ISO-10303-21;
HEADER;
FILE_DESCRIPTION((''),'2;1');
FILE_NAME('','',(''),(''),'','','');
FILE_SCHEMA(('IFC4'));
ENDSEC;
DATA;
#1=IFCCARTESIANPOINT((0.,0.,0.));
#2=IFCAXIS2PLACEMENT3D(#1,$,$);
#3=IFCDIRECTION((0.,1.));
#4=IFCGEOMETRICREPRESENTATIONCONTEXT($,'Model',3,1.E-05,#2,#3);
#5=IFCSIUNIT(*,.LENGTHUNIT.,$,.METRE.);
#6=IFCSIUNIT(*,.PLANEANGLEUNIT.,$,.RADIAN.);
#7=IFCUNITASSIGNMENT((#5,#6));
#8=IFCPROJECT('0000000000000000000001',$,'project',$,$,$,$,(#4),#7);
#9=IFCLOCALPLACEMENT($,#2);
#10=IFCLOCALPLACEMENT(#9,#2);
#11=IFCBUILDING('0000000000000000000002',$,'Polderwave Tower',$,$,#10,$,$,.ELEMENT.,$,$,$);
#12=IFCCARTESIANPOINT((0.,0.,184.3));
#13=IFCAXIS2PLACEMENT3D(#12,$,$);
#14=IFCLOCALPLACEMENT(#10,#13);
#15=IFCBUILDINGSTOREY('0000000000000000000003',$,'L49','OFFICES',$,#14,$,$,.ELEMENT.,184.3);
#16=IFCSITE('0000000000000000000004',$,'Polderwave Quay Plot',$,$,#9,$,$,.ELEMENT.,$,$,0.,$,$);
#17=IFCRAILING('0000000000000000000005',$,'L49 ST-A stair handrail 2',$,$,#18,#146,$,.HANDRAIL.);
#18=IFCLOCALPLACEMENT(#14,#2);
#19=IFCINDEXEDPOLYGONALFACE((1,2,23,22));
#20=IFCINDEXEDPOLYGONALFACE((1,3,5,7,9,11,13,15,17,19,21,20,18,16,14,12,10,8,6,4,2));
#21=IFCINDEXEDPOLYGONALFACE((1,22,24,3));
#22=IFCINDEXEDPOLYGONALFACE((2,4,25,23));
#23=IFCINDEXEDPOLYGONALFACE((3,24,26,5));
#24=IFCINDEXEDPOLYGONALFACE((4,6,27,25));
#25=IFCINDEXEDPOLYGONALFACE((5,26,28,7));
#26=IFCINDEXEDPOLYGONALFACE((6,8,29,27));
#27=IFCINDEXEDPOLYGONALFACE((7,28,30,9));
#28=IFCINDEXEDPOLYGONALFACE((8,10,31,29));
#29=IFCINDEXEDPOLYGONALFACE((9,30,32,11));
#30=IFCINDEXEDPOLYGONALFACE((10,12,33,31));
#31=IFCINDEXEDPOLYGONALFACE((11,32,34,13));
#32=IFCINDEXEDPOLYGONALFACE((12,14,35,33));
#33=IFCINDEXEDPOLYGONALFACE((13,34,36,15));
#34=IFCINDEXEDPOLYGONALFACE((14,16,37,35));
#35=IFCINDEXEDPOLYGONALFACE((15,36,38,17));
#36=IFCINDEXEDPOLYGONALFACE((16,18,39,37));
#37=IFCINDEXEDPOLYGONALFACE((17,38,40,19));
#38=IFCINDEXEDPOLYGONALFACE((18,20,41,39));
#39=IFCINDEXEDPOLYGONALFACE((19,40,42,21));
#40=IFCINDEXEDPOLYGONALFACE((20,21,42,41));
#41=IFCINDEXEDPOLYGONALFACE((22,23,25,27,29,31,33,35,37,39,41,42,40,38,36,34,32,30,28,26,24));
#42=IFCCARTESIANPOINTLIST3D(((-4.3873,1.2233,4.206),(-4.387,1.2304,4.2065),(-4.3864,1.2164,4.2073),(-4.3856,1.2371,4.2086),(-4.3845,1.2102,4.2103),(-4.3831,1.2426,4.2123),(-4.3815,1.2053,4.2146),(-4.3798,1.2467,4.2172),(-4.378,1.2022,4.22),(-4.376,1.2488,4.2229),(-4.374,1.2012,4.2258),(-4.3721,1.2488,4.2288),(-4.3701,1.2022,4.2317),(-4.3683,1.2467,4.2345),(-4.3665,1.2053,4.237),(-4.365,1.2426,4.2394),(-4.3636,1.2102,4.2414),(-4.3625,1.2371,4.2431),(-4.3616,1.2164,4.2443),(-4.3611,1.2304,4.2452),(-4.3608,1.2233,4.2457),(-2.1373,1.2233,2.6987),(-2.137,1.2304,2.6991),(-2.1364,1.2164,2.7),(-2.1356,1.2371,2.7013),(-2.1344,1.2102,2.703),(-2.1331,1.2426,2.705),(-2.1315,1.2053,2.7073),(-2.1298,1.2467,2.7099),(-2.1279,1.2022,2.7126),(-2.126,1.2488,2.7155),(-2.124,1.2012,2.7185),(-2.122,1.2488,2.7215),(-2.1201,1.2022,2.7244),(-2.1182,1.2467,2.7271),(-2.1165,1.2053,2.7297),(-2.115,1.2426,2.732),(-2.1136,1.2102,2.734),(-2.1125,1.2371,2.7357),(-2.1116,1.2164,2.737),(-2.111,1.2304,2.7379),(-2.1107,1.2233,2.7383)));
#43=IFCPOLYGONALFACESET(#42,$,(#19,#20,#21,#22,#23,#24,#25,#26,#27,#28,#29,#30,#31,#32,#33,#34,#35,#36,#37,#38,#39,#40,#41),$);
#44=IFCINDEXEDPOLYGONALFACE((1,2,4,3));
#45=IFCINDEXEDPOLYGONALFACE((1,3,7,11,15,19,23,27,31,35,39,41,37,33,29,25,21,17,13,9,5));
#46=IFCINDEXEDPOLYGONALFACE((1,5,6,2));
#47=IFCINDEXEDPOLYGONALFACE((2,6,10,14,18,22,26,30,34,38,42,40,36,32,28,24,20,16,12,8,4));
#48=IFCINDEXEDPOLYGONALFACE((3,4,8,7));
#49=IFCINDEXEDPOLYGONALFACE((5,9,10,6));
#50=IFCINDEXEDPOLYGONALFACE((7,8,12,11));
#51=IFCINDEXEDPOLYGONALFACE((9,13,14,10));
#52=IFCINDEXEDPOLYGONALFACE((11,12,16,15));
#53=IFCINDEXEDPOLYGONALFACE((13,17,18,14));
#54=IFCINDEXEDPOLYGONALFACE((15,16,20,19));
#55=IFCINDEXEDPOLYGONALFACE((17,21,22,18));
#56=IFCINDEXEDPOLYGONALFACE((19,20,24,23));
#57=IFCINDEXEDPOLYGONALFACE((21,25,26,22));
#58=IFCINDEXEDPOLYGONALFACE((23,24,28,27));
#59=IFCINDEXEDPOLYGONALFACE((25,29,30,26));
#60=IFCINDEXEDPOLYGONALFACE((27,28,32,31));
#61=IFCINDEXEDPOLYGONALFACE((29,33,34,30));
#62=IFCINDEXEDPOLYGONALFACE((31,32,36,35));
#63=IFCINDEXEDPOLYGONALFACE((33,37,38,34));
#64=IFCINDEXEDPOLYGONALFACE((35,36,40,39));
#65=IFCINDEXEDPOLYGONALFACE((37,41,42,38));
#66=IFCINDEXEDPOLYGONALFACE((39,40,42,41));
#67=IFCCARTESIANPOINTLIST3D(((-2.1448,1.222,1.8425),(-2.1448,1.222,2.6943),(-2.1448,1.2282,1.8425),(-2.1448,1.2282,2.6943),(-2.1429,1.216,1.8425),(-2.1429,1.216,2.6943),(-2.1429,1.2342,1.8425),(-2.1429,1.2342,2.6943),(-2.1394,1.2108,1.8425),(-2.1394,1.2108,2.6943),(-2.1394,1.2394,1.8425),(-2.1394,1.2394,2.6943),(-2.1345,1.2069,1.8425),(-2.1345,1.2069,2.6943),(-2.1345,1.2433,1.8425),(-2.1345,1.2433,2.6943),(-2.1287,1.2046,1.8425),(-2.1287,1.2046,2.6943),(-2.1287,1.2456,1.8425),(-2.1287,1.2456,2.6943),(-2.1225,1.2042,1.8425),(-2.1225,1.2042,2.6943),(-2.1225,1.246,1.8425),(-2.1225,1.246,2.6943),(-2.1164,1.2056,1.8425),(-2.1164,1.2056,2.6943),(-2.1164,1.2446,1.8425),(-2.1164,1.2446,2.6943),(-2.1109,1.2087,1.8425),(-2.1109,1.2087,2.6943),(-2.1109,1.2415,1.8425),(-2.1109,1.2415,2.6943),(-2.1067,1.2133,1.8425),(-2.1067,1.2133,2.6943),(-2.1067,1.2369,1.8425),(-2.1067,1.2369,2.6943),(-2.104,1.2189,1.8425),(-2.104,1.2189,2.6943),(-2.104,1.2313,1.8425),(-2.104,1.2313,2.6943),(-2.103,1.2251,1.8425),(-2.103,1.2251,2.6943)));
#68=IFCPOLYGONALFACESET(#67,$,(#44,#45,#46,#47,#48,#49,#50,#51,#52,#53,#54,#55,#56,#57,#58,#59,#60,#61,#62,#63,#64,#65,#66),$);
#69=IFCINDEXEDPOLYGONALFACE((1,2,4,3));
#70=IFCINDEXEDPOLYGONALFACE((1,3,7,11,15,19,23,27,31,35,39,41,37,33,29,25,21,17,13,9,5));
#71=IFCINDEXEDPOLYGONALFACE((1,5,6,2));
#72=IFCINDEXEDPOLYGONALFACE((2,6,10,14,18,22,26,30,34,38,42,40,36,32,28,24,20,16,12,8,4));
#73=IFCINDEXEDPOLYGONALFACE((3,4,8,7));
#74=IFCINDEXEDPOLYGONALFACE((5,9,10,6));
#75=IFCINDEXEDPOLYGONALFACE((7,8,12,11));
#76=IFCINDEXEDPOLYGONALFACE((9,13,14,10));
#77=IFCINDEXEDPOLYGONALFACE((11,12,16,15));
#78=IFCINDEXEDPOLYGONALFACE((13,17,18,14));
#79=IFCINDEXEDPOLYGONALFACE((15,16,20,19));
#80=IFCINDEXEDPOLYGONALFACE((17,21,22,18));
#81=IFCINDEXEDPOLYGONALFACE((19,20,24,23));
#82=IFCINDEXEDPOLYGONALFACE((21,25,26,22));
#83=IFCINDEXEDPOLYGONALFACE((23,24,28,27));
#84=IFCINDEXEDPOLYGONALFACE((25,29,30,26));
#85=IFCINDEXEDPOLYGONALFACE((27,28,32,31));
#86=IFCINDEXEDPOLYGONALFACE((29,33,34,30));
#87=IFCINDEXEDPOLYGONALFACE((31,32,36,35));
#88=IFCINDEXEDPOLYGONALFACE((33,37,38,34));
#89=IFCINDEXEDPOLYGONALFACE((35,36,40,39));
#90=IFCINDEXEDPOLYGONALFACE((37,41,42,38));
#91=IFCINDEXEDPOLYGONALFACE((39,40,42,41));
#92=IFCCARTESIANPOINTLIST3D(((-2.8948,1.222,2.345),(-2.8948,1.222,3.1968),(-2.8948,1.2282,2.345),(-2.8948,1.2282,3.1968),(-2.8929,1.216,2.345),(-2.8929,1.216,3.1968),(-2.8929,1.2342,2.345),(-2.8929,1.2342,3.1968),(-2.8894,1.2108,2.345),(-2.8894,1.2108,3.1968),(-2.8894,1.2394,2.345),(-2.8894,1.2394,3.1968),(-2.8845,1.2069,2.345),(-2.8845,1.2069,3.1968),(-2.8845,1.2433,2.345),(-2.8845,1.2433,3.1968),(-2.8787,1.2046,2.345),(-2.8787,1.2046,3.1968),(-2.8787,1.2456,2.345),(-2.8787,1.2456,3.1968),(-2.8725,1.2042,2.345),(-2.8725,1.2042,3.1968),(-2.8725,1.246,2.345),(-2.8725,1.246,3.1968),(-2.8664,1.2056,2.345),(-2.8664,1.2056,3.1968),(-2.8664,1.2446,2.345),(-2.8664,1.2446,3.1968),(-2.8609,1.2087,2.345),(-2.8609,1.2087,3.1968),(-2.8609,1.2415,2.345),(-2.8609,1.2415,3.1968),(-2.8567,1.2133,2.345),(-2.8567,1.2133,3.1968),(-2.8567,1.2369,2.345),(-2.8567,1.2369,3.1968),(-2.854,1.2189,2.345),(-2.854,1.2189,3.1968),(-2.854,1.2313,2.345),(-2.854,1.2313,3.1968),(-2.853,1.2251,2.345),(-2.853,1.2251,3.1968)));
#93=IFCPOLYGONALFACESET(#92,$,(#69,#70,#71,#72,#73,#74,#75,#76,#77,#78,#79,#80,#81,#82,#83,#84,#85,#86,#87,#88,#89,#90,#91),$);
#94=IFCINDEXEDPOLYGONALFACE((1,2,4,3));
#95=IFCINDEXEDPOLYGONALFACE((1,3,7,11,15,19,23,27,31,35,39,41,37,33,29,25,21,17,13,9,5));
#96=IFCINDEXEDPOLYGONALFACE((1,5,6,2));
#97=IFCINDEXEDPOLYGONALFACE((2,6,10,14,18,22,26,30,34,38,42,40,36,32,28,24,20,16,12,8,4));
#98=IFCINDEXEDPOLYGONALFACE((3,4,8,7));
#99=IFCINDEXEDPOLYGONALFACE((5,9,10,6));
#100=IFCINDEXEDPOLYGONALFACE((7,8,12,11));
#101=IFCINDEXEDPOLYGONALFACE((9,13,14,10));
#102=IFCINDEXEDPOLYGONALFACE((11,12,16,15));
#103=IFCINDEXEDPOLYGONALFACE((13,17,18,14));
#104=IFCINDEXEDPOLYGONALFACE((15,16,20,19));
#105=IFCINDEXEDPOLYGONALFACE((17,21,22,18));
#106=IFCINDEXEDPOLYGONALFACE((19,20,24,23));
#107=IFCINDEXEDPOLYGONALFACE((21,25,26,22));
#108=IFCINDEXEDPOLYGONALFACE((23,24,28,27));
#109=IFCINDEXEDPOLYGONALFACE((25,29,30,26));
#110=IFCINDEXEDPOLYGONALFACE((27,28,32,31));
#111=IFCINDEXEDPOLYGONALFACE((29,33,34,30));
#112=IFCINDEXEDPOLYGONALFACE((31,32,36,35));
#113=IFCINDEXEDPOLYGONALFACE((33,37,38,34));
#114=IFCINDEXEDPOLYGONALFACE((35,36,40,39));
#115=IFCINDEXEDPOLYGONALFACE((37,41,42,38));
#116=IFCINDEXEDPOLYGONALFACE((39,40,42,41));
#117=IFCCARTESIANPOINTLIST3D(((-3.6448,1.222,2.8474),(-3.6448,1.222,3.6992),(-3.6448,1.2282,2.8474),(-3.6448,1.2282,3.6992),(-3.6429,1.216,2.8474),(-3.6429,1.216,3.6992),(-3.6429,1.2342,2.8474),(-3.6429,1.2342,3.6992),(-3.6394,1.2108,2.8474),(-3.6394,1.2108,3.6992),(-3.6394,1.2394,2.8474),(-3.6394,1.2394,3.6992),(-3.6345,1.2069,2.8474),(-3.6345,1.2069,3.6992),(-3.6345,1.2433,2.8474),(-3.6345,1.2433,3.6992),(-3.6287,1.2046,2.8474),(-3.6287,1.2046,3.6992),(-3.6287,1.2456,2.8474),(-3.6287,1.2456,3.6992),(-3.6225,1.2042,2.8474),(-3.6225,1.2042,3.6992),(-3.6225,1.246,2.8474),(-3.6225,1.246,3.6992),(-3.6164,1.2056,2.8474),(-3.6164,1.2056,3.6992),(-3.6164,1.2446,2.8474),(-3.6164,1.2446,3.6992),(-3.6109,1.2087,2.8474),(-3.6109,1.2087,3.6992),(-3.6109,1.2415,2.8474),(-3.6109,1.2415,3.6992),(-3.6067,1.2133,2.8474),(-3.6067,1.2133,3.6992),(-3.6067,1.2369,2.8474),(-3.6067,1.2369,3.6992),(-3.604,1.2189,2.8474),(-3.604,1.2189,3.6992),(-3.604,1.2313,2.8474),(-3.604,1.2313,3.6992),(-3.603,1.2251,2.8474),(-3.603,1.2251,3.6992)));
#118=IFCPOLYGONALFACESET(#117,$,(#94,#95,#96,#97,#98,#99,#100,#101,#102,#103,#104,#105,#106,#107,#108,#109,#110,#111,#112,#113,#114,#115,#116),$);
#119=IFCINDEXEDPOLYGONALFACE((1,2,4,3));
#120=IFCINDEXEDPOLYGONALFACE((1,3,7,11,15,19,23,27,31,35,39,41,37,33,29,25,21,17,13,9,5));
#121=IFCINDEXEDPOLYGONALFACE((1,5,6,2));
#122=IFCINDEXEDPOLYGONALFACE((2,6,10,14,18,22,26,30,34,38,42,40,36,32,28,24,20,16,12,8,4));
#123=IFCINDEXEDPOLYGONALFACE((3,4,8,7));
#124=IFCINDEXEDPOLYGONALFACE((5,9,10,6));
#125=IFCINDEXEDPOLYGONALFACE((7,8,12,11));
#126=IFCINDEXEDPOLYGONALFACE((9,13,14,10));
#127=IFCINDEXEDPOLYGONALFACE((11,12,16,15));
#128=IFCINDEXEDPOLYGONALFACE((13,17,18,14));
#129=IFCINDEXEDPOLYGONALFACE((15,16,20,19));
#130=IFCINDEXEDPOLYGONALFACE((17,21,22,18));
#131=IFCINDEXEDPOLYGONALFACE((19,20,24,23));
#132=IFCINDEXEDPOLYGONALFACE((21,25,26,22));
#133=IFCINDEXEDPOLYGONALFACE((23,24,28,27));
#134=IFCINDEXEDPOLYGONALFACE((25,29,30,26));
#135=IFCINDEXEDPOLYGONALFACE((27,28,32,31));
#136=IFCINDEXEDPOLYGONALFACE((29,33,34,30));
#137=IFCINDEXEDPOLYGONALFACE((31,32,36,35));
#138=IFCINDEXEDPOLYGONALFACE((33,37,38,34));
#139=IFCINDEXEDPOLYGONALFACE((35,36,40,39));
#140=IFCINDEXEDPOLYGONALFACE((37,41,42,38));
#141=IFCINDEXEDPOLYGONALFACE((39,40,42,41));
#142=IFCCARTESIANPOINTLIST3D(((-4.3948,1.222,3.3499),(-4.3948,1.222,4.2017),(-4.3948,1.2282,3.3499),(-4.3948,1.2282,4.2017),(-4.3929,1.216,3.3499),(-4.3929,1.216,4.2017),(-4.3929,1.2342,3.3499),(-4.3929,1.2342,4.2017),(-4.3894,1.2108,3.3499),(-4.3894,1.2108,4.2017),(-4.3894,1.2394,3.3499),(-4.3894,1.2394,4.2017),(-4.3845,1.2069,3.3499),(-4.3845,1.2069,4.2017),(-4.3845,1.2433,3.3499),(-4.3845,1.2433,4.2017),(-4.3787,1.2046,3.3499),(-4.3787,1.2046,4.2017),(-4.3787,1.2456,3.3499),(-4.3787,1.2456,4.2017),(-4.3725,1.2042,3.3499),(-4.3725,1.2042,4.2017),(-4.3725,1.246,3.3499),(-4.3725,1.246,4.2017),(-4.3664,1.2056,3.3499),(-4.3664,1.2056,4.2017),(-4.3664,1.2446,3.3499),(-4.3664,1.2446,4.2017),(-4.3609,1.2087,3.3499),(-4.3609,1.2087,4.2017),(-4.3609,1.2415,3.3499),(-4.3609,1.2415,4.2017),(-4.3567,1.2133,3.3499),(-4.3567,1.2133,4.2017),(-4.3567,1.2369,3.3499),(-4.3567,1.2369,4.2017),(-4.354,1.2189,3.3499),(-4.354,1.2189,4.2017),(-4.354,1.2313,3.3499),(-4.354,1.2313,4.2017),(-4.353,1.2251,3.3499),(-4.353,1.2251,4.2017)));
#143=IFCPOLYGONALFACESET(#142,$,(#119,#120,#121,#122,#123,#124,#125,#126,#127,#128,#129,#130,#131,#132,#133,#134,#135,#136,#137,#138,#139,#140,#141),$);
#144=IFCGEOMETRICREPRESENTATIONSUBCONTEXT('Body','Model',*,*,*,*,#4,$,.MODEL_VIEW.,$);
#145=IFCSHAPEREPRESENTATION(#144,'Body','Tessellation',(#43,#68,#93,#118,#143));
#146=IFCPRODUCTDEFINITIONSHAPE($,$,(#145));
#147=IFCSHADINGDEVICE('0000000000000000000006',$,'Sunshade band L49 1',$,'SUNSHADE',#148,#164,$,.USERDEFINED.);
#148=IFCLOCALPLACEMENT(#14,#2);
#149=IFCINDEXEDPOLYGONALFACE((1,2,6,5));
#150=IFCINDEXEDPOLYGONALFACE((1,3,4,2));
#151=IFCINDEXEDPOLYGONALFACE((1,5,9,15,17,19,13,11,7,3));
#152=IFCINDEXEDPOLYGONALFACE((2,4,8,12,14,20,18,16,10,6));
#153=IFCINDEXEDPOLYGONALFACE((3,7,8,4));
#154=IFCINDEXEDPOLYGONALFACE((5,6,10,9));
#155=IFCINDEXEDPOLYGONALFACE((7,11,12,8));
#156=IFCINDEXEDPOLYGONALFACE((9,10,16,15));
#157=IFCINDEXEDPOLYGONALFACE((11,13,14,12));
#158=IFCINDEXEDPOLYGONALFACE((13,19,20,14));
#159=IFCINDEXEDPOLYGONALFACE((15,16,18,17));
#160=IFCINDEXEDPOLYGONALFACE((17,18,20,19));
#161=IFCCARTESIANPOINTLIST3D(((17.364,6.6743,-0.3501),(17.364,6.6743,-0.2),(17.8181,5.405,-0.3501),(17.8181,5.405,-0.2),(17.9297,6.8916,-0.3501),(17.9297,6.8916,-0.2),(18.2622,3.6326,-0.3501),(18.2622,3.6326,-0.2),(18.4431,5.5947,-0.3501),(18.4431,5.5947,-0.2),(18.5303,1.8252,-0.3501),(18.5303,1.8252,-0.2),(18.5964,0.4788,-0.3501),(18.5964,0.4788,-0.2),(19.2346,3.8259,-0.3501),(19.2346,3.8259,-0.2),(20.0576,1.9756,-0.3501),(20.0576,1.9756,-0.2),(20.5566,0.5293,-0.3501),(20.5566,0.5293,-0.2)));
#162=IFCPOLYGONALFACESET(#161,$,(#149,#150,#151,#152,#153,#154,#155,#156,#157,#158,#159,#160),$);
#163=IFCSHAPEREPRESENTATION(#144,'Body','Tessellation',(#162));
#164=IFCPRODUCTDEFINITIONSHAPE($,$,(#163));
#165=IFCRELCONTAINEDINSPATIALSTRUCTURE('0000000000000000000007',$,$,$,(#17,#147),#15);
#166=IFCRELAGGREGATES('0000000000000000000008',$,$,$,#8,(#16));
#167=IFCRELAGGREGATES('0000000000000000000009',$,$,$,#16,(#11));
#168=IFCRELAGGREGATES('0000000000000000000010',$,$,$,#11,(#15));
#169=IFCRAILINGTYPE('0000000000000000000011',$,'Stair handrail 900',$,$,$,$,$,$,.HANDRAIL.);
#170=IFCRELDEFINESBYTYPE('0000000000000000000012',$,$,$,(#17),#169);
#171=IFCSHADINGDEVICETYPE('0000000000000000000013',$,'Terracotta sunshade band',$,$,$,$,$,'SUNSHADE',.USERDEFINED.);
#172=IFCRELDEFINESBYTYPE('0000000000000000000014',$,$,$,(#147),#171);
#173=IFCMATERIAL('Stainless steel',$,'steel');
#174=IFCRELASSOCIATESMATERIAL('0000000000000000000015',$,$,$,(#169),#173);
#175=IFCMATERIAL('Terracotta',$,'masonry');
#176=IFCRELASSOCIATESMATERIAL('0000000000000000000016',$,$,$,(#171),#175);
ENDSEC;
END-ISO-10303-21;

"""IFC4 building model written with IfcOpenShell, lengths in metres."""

from ifc_helpers import new_model, si_unit, direction, frame, origin, origin_2d, place, context, subcontext, project, spatial, polyline, circle, outline, extrude, material, type_object, element, save


model = new_model("IFC4")

# Units and contexts
model_context = context("Model", 3, precision=1e-05, world=origin(), true_north=direction((0.0, 1.0)))
body_context = subcontext(model_context, "Body", "Model", "MODEL_VIEW")
ifc_project = project(units=[si_unit("LENGTHUNIT", "METRE"), si_unit("PLANEANGLEUNIT", "RADIAN")], contexts=[model_context])

# Site, building, storey
site_placement = place(None, origin())
site = spatial("IfcSite", under=ifc_project, at=site_placement, Name="Polderwave Quay Plot", CompositionType="ELEMENT", RefElevation=0.0)
building_placement = place(site_placement, origin())
building = spatial("IfcBuilding", under=site, at=building_placement, Name="Polderwave Tower", CompositionType="ELEMENT")
storey_placement = place(building_placement, frame((0.0, 0.0, 184.3)))
storey = spatial("IfcBuildingStorey", under=building, at=storey_placement, Name="L49", Description="OFFICES", CompositionType="ELEMENT", Elevation=184.3)

# Shared definitions
ifc_material_1 = material(Name="Stainless steel", Category="steel")

# Railing
railing_type_1 = type_object("IfcRailingType", Name="Stair handrail 900", PredefinedType="HANDRAIL", material=ifc_material_1)
railing_1_placement = place(storey_placement, frame((-2.124, 1.2251, 1.8425)))
element("IfcRailing", 1, at=railing_1_placement, inside=storey, type_object=railing_type_1, Name="L49 ST-A stair handrail 2", PredefinedType="HANDRAIL", context=body_context, shape_type="SweptSolid", body=[
    extrude(circle(Radius=0.0239, at=origin_2d()), frame((0.0, 0.0, 0.876), z_axis=(-0.8308, 0.0, 0.556571), x_axis=(0.0, -1.0, 0.0)), (0.0, 0.0, 1.0), 2.7083),
    extrude(circle(Radius=0.021, at=origin_2d()), origin(), (0.0, 0.0, 1.0), 0.8518),
    extrude(circle(Radius=0.021, at=origin_2d()), frame((-0.75, 0.0, 0.5024)), (0.0, 0.0, 1.0), 0.8518),
    extrude(circle(Radius=0.021, at=origin_2d()), frame((-1.5, 0.0, 1.0049)), (0.0, 0.0, 1.0), 0.8518),
    extrude(circle(Radius=0.021, at=origin_2d()), frame((-2.25, 0.0, 1.5073)), (0.0, 0.0, 1.0), 0.8518),
])

# Shading device
ifc_material_2 = material(Name="Terracotta", Category="masonry")
shading_device_type = type_object("IfcShadingDeviceType", Name="Terracotta sunshade band", ElementType="SUNSHADE", PredefinedType="USERDEFINED", material=ifc_material_2)
shading_device_placement = place(storey_placement, frame((0.0, 0.0, -0.3501)))
element("IfcShadingDevice", 2, at=shading_device_placement, inside=storey, type_object=shading_device_type, Name="Sunshade band L49 1", ObjectType="SUNSHADE", PredefinedType="USERDEFINED", context=body_context, shape_type="SweptSolid", body=[
    extrude(outline(polyline([(18.5964, 0.4788), (18.5303, 1.8252), (18.2622, 3.6326), (17.8181, 5.405), (17.364, 6.6743), (17.9297, 6.8916), (18.4431, 5.5947), (19.2346, 3.8259), (20.0576, 1.9756), (20.5566, 0.5293), (18.5964, 0.4788)])), origin(), (0.0, 0.0, 1.0), 0.1501),
])

save(model, "model.ifc")
